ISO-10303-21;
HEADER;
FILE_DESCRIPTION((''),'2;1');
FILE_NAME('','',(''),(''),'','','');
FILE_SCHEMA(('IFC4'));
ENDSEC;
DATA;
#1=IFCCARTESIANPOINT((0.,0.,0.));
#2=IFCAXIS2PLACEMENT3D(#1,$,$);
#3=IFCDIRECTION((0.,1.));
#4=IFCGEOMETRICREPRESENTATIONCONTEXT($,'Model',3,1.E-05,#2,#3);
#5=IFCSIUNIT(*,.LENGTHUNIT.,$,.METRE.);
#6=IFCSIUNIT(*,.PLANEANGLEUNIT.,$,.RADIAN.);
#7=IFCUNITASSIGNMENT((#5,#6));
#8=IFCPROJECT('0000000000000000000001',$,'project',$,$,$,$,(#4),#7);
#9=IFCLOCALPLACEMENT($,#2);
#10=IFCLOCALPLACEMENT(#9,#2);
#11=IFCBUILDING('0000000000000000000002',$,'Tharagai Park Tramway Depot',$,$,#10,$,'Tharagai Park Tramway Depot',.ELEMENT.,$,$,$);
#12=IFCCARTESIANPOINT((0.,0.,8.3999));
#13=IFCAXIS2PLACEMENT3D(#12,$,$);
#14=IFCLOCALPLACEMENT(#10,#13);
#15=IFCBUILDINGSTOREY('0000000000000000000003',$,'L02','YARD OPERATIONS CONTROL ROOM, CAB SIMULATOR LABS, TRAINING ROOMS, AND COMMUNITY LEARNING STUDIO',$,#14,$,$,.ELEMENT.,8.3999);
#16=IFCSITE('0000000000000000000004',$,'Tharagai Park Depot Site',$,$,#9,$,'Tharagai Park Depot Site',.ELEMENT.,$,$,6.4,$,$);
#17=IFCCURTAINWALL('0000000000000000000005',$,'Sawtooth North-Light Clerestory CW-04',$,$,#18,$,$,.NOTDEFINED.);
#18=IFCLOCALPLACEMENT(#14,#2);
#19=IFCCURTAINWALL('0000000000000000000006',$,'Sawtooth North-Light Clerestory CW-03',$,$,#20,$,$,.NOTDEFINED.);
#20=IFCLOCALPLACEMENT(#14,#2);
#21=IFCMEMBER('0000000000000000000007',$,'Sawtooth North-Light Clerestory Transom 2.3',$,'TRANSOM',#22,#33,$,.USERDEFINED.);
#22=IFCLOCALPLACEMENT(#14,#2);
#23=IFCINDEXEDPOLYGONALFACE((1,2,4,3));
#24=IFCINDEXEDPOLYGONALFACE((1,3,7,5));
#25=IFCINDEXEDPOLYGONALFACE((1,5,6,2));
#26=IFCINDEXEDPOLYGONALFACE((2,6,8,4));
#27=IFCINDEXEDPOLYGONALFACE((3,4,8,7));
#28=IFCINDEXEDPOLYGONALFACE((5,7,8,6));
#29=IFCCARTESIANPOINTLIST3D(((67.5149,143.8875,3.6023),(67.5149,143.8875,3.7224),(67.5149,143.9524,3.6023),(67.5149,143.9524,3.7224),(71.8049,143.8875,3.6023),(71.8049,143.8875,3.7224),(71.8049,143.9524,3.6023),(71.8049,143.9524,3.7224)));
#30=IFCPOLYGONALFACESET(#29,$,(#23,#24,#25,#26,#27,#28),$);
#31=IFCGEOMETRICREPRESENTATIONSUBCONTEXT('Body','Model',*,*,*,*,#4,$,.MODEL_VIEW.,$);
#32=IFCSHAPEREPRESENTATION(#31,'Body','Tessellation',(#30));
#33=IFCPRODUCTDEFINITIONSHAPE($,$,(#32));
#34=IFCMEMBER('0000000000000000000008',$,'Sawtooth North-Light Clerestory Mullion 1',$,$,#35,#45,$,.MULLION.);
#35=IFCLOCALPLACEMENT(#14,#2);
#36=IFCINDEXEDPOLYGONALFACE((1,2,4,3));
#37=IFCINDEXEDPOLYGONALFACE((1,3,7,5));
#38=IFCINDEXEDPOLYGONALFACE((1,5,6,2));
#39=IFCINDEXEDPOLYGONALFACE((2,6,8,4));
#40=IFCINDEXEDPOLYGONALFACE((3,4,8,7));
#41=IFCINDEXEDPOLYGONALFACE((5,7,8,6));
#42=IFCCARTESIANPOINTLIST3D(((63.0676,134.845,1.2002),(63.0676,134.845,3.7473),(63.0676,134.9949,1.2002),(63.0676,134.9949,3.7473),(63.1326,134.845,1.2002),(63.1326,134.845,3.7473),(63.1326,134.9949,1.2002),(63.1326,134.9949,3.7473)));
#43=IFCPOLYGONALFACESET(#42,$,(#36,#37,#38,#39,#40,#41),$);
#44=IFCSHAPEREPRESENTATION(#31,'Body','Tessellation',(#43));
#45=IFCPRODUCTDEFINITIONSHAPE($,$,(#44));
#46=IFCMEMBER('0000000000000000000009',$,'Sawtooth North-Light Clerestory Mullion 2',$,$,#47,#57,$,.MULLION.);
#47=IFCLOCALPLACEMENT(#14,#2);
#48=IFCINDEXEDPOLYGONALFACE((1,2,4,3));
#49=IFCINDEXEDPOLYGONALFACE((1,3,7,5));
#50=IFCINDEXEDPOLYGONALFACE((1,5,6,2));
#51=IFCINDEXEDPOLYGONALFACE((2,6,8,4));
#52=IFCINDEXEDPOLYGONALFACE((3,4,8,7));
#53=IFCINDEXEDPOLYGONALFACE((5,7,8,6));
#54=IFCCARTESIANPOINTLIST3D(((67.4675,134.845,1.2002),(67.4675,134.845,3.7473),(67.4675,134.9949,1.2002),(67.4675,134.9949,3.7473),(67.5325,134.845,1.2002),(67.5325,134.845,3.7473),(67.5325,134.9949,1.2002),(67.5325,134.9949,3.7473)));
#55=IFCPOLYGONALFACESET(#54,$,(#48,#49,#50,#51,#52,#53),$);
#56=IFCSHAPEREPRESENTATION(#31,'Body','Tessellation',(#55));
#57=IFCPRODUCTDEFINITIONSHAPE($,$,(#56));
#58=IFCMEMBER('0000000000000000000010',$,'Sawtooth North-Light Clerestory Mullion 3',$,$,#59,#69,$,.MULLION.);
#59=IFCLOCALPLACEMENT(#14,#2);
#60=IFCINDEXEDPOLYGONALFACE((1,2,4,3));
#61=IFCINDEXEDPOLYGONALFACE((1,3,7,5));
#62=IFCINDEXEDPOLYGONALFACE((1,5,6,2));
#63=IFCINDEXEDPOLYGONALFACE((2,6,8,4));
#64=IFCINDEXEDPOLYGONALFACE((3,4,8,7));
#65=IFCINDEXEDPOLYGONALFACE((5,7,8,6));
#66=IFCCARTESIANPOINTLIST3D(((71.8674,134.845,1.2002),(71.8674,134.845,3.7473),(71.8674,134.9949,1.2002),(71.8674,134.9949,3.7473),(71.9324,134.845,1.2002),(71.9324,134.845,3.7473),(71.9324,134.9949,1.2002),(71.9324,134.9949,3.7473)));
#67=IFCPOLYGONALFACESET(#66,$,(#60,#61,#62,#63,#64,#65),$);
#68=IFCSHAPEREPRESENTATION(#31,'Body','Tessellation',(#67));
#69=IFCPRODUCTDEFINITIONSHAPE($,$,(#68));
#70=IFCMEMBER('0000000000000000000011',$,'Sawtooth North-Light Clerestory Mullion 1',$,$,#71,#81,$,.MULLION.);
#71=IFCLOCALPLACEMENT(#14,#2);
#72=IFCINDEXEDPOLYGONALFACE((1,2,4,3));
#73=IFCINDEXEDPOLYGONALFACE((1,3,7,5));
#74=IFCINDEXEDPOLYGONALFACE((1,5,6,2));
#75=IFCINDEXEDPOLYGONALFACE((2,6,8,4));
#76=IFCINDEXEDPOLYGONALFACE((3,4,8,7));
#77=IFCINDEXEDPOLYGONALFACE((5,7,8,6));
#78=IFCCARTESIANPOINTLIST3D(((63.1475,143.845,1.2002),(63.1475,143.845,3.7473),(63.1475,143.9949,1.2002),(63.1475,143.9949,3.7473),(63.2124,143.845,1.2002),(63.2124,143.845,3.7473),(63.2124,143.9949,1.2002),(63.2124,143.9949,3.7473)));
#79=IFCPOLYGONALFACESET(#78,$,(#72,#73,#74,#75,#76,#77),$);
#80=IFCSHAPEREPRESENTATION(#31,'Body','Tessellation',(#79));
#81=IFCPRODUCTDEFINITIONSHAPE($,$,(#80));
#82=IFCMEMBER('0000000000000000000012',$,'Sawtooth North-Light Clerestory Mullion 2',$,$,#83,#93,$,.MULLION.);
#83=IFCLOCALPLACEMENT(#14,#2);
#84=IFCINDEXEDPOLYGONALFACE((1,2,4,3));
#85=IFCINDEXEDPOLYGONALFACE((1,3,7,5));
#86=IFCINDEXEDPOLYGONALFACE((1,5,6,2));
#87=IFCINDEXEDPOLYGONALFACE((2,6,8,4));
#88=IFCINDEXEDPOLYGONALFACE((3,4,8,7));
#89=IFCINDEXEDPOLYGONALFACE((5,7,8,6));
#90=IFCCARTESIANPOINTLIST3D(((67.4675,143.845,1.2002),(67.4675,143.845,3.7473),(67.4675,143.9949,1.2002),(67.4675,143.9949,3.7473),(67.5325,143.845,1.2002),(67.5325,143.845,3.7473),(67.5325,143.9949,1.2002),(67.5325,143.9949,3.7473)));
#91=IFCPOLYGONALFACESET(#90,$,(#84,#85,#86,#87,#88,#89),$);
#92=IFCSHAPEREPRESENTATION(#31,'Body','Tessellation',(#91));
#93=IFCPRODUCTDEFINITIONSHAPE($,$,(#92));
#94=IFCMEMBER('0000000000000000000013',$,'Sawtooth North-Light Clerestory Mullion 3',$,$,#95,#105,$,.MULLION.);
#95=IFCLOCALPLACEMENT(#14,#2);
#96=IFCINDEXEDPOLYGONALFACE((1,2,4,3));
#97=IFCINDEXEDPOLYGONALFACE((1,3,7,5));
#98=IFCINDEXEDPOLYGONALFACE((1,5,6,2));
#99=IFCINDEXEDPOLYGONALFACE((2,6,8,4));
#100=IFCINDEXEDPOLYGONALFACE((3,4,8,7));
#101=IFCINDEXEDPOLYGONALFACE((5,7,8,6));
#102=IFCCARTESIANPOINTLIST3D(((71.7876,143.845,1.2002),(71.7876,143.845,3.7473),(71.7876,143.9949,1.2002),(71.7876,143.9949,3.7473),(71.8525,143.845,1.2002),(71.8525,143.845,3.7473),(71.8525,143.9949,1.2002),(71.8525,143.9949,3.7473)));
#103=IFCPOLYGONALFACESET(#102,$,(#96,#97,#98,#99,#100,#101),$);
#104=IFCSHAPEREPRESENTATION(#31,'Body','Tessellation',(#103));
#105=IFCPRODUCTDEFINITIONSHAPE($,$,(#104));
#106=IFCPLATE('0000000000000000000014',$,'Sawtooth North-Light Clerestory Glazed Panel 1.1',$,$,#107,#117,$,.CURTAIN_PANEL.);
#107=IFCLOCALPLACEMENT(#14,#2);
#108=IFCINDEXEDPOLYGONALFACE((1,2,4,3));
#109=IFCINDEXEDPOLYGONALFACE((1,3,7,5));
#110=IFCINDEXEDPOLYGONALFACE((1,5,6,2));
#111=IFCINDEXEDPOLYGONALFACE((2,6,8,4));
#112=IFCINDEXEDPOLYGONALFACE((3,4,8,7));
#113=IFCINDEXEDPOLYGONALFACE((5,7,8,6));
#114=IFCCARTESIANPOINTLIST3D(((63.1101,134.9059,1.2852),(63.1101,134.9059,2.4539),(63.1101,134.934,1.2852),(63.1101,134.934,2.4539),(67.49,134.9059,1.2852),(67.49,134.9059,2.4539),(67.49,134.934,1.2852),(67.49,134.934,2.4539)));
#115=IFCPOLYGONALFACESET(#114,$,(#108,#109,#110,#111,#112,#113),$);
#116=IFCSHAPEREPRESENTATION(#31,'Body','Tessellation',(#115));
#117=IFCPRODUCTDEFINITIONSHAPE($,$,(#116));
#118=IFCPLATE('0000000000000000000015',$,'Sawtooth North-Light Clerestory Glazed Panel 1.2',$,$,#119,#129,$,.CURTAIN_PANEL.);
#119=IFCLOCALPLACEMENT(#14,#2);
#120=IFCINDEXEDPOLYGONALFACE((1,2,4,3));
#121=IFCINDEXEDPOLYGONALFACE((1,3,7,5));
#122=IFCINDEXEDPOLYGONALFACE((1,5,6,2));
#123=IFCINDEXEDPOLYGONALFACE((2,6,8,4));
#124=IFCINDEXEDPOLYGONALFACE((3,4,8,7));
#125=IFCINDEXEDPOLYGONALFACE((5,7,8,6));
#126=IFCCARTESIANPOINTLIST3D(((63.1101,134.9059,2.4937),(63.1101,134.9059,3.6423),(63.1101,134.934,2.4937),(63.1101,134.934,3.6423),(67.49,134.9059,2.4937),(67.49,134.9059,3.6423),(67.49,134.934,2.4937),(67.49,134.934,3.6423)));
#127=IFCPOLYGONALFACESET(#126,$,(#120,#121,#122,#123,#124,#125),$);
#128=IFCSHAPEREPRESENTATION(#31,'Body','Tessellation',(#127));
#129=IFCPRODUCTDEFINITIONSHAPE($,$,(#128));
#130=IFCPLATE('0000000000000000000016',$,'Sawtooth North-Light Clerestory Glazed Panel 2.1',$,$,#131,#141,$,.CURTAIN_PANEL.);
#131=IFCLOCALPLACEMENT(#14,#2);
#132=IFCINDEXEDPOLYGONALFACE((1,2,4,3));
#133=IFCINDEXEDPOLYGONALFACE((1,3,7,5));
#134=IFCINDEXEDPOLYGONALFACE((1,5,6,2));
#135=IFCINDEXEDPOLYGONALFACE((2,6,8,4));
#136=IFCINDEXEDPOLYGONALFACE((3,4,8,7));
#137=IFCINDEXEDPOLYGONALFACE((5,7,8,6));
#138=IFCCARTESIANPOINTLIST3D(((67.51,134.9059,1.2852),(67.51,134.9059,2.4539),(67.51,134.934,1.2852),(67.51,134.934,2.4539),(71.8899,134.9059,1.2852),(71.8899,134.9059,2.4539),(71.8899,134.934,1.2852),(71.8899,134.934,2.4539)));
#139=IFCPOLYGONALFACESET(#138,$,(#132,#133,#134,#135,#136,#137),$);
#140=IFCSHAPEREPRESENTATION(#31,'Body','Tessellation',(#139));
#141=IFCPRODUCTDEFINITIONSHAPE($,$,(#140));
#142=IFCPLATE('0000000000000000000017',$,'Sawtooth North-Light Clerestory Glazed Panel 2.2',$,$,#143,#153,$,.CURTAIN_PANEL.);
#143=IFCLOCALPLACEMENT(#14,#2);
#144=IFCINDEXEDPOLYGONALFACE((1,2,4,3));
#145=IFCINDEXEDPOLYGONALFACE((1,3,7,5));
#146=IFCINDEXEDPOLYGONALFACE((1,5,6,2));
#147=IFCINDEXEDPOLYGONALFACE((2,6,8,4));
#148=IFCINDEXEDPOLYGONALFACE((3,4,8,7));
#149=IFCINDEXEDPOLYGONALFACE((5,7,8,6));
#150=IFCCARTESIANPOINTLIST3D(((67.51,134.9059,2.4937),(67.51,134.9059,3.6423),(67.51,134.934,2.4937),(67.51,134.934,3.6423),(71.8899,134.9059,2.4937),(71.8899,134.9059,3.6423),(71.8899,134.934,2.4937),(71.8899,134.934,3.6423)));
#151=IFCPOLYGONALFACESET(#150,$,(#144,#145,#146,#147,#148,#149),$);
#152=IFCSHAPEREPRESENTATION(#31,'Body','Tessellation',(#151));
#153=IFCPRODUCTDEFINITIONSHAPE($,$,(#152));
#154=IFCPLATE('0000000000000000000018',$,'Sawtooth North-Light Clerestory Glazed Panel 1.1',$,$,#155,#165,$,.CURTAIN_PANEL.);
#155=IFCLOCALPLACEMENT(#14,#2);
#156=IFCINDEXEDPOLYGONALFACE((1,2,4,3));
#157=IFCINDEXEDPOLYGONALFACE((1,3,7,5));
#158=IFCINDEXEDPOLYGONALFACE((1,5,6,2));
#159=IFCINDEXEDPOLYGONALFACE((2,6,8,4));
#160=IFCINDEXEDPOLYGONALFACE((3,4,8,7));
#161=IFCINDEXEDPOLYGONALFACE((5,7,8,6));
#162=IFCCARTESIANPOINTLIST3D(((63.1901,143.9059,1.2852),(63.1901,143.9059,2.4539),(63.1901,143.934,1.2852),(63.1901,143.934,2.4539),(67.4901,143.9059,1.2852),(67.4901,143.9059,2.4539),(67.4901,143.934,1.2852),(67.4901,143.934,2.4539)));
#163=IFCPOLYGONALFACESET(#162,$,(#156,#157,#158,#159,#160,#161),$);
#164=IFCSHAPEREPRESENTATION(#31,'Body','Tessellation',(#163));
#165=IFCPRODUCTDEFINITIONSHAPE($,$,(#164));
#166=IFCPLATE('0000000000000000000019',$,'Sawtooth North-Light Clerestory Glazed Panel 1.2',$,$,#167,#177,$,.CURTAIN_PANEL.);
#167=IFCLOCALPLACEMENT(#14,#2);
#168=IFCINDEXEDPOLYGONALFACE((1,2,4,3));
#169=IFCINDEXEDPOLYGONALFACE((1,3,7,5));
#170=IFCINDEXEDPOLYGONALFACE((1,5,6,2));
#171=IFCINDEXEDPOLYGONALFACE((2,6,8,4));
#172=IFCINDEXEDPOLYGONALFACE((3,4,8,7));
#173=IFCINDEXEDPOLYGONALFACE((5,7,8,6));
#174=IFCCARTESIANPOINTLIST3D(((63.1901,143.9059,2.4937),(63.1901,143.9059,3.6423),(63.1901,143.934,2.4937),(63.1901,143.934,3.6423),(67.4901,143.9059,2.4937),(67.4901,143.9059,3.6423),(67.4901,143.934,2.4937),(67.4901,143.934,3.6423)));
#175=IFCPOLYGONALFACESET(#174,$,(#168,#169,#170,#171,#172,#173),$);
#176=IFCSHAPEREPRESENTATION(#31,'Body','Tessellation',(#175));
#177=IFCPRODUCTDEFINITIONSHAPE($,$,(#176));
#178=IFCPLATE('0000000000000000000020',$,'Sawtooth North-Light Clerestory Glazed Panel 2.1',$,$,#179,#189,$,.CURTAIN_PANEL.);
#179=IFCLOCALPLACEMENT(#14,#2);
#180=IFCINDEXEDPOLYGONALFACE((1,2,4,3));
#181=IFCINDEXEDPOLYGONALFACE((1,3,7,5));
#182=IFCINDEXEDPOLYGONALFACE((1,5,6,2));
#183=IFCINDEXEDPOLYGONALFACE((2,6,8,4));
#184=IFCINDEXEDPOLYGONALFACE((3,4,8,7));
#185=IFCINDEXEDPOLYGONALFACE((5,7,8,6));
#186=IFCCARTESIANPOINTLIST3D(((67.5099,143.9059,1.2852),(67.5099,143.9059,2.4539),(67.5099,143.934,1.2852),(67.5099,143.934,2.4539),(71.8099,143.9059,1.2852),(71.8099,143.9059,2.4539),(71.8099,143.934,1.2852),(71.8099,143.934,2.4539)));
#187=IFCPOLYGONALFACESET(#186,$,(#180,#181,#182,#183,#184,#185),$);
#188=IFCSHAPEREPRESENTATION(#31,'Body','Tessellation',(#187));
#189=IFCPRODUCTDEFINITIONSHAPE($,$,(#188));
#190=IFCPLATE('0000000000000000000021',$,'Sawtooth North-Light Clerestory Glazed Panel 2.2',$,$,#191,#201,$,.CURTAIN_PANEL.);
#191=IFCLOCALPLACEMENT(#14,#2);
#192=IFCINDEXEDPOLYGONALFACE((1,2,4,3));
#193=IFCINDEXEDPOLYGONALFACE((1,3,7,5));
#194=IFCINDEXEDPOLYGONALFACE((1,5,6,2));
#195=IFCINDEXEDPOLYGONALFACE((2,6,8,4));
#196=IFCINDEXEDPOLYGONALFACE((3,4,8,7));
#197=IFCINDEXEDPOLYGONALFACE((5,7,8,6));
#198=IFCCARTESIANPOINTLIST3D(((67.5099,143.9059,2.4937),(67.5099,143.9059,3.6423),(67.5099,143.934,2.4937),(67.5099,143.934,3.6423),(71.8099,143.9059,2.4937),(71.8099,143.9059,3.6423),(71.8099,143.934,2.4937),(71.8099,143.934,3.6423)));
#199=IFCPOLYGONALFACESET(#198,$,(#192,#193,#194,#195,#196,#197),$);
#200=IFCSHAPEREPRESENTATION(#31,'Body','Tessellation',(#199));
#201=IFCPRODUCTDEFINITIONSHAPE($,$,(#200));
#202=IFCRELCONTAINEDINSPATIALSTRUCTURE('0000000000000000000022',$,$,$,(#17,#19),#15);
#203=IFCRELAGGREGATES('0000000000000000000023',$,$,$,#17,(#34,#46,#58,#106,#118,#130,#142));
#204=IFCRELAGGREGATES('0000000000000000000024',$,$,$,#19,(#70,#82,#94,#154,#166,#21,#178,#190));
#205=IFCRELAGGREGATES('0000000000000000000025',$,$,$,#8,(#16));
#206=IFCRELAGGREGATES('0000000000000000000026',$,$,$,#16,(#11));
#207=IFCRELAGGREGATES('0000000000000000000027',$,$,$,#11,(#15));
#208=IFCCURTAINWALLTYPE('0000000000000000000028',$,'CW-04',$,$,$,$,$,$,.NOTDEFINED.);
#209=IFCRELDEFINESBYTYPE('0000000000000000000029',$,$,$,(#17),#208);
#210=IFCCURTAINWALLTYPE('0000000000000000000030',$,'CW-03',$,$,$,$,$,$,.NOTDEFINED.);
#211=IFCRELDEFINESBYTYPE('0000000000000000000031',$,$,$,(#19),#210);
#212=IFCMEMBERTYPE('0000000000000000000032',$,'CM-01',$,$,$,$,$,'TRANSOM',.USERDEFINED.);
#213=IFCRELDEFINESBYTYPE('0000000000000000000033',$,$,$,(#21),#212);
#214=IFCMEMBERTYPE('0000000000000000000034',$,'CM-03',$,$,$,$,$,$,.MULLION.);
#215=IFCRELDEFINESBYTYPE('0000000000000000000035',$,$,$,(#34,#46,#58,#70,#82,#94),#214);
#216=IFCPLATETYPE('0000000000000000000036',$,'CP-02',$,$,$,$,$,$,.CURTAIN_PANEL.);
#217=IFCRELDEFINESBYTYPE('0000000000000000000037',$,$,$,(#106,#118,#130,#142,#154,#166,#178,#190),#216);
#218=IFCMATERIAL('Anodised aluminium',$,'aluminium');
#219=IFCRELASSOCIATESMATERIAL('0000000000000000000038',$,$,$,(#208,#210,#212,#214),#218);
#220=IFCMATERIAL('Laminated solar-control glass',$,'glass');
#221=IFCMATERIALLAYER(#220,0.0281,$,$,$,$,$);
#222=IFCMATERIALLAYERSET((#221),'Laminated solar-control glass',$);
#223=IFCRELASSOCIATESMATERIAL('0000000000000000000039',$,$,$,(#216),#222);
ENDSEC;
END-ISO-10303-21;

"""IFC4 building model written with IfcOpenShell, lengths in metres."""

from ifc_helpers import new_model, si_unit, direction, frame, origin, origin_2d, place, context, subcontext, project, spatial, rectangle, extrude, material, layer, layer_set, material_profile, profile_set, type_object, element, aggregate, save


model = new_model("IFC4")

# Units and contexts
model_context = context("Model", 3, precision=1e-05, world=origin(), true_north=direction((0.0, 1.0)))
body_context = subcontext(model_context, "Body", "Model", "MODEL_VIEW")
ifc_project = project(units=[si_unit("LENGTHUNIT", "METRE"), si_unit("PLANEANGLEUNIT", "RADIAN")], contexts=[model_context])

# Site, building, storey
site_placement = place(None, origin())
site = spatial("IfcSite", under=ifc_project, at=site_placement, Name="Tharagai Park Depot Site", LongName="Tharagai Park Depot Site", CompositionType="ELEMENT", RefElevation=6.4)
building_placement = place(site_placement, origin())
building = spatial("IfcBuilding", under=site, at=building_placement, Name="Tharagai Park Tramway Depot", LongName="Tharagai Park Tramway Depot", CompositionType="ELEMENT")
storey_placement = place(building_placement, frame((0.0, 0.0, 8.3999)))
storey = spatial("IfcBuildingStorey", under=building, at=storey_placement, Name="L02", Description="YARD OPERATIONS CONTROL ROOM, CAB SIMULATOR LABS, TRAINING ROOMS, AND COMMUNITY LEARNING STUDIO", CompositionType="ELEMENT", Elevation=8.3999)

# Curtain walls, member
ifc_material_1 = material(Name="Anodised aluminium", Category="aluminium")
curtain_wall_type_1 = type_object("IfcCurtainWallType", Name="CW-04", PredefinedType="NOTDEFINED", material=ifc_material_1)
curtain_wall_1_placement = place(storey_placement, origin())
curtain_wall_1 = element("IfcCurtainWall", 1, at=curtain_wall_1_placement, inside=storey, type_object=curtain_wall_type_1, Name="Sawtooth North-Light Clerestory CW-04", PredefinedType="NOTDEFINED")
ifc_material_profile_1 = material_profile(ifc_material_1, rectangle(XDim=0.0649, YDim=0.1201, at=origin_2d()), Name="ALU 65x120")
ifc_profile_set_1 = profile_set([ifc_material_profile_1], Name="Anodised aluminium")
member_type_1 = type_object("IfcMemberType", Name="CM-01", ElementType="TRANSOM", PredefinedType="USERDEFINED", material=ifc_profile_set_1)
curtain_wall_type_2 = type_object("IfcCurtainWallType", Name="CW-03", PredefinedType="NOTDEFINED", material=ifc_material_1)
curtain_wall_2_placement = place(storey_placement, origin())
curtain_wall_2 = element("IfcCurtainWall", 2, at=curtain_wall_2_placement, inside=storey, type_object=curtain_wall_type_2, Name="Sawtooth North-Light Clerestory CW-03", PredefinedType="NOTDEFINED")
member_1_placement = place(storey_placement, frame((67.5149, 143.9199, 3.6624), z_axis=(1.0, 0.0, 0.0), x_axis=(0.0, 1.0, 0.0)))
member_1 = element("IfcMember", 3, at=member_1_placement, type_object=member_type_1, Name="Sawtooth North-Light Clerestory Transom 2.3", ObjectType="TRANSOM", PredefinedType="USERDEFINED", context=body_context, shape_type="SweptSolid", body=[
    extrude(rectangle(XDim=0.0649, YDim=0.1201, at=origin_2d()), origin(), (0.0, 0.0, 1.0), 4.29),
])

# Members
ifc_material_profile_2 = material_profile(ifc_material_1, rectangle(XDim=0.0649, YDim=0.1499, at=origin_2d()), Name="ALU 65x150")
ifc_profile_set_2 = profile_set([ifc_material_profile_2], Name="Anodised aluminium")
member_type_2 = type_object("IfcMemberType", Name="CM-03", PredefinedType="MULLION", material=ifc_profile_set_2)
member_2_placement = place(storey_placement, frame((63.1001, 134.9199, 1.2002), z_axis=(0.0, 0.0, 1.0), x_axis=(1.0, 0.0, 0.0)))
member_2 = element("IfcMember", 4, at=member_2_placement, type_object=member_type_2, Name="Sawtooth North-Light Clerestory Mullion 1", PredefinedType="MULLION", context=body_context, shape_type="SweptSolid", body=[
    extrude(rectangle(XDim=0.0649, YDim=0.1499, at=origin_2d()), origin(), (0.0, 0.0, 1.0), 2.5471),
])
member_3_placement = place(storey_placement, frame((67.5, 134.9199, 1.2002), z_axis=(0.0, 0.0, 1.0), x_axis=(1.0, 0.0, 0.0)))
member_3 = element("IfcMember", 5, at=member_3_placement, type_object=member_type_2, Name="Sawtooth North-Light Clerestory Mullion 2", PredefinedType="MULLION", context=body_context, shape_type="SweptSolid", body=[
    extrude(rectangle(XDim=0.0649, YDim=0.1499, at=origin_2d()), origin(), (0.0, 0.0, 1.0), 2.5471),
])
member_4_placement = place(storey_placement, frame((71.8999, 134.9199, 1.2002), z_axis=(0.0, 0.0, 1.0), x_axis=(1.0, 0.0, 0.0)))
member_4 = element("IfcMember", 6, at=member_4_placement, type_object=member_type_2, Name="Sawtooth North-Light Clerestory Mullion 3", PredefinedType="MULLION", context=body_context, shape_type="SweptSolid", body=[
    extrude(rectangle(XDim=0.0649, YDim=0.1499, at=origin_2d()), origin(), (0.0, 0.0, 1.0), 2.5471),
])
member_5_placement = place(storey_placement, frame((63.1799, 143.9199, 1.2002), z_axis=(0.0, 0.0, 1.0), x_axis=(1.0, 0.0, 0.0)))
member_5 = element("IfcMember", 7, at=member_5_placement, type_object=member_type_2, Name="Sawtooth North-Light Clerestory Mullion 1", PredefinedType="MULLION", context=body_context, shape_type="SweptSolid", body=[
    extrude(rectangle(XDim=0.0649, YDim=0.1499, at=origin_2d()), origin(), (0.0, 0.0, 1.0), 2.5471),
])
member_6_placement = place(storey_placement, frame((67.5, 143.9199, 1.2002), z_axis=(0.0, 0.0, 1.0), x_axis=(1.0, 0.0, 0.0)))
member_6 = element("IfcMember", 8, at=member_6_placement, type_object=member_type_2, Name="Sawtooth North-Light Clerestory Mullion 2", PredefinedType="MULLION", context=body_context, shape_type="SweptSolid", body=[
    extrude(rectangle(XDim=0.0649, YDim=0.1499, at=origin_2d()), origin(), (0.0, 0.0, 1.0), 2.5471),
])
member_7_placement = place(storey_placement, frame((71.8201, 143.9199, 1.2002), z_axis=(0.0, 0.0, 1.0), x_axis=(1.0, 0.0, 0.0)))
member_7 = element("IfcMember", 9, at=member_7_placement, type_object=member_type_2, Name="Sawtooth North-Light Clerestory Mullion 3", PredefinedType="MULLION", context=body_context, shape_type="SweptSolid", body=[
    extrude(rectangle(XDim=0.0649, YDim=0.1499, at=origin_2d()), origin(), (0.0, 0.0, 1.0), 2.5471),
])

# Plates
ifc_material_2 = material(Name="Laminated solar-control glass", Category="glass")
ifc_layer = layer(ifc_material_2, 0.0281)
ifc_layer_set = layer_set([ifc_layer], Name="Laminated solar-control glass")
plate_type = type_object("IfcPlateType", Name="CP-02", PredefinedType="CURTAIN_PANEL", material=ifc_layer_set)
plate_1_placement = place(storey_placement, frame((65.3, 134.9199, 1.2852), z_axis=(0.0, 0.0, 1.0), x_axis=(1.0, 0.0, 0.0)))
plate_1 = element("IfcPlate", 10, at=plate_1_placement, type_object=plate_type, Name="Sawtooth North-Light Clerestory Glazed Panel 1.1", PredefinedType="CURTAIN_PANEL", context=body_context, shape_type="SweptSolid", body=[
    extrude(rectangle(XDim=4.3799, YDim=0.0281, at=origin_2d()), origin(), (0.0, 0.0, 1.0), 1.1687),
])
plate_2_placement = place(storey_placement, frame((65.3, 134.9199, 2.4937), z_axis=(0.0, 0.0, 1.0), x_axis=(1.0, 0.0, 0.0)))
plate_2 = element("IfcPlate", 11, at=plate_2_placement, type_object=plate_type, Name="Sawtooth North-Light Clerestory Glazed Panel 1.2", PredefinedType="CURTAIN_PANEL", context=body_context, shape_type="SweptSolid", body=[
    extrude(rectangle(XDim=4.3799, YDim=0.0281, at=origin_2d()), origin(), (0.0, 0.0, 1.0), 1.1487),
])
plate_3_placement = place(storey_placement, frame((69.7, 134.9199, 1.2852), z_axis=(0.0, 0.0, 1.0), x_axis=(1.0, 0.0, 0.0)))
plate_3 = element("IfcPlate", 12, at=plate_3_placement, type_object=plate_type, Name="Sawtooth North-Light Clerestory Glazed Panel 2.1", PredefinedType="CURTAIN_PANEL", context=body_context, shape_type="SweptSolid", body=[
    extrude(rectangle(XDim=4.3799, YDim=0.0281, at=origin_2d()), origin(), (0.0, 0.0, 1.0), 1.1687),
])
plate_4_placement = place(storey_placement, frame((69.7, 134.9199, 2.4937), z_axis=(0.0, 0.0, 1.0), x_axis=(1.0, 0.0, 0.0)))
plate_4 = element("IfcPlate", 13, at=plate_4_placement, type_object=plate_type, Name="Sawtooth North-Light Clerestory Glazed Panel 2.2", PredefinedType="CURTAIN_PANEL", context=body_context, shape_type="SweptSolid", body=[
    extrude(rectangle(XDim=4.3799, YDim=0.0281, at=origin_2d()), origin(), (0.0, 0.0, 1.0), 1.1487),
])
aggregate(curtain_wall_1, [member_2, member_3, member_4, plate_1, plate_2, plate_3, plate_4])
plate_5_placement = place(storey_placement, frame((65.3401, 143.9199, 1.2852), z_axis=(0.0, 0.0, 1.0), x_axis=(1.0, 0.0, 0.0)))
plate_5 = element("IfcPlate", 14, at=plate_5_placement, type_object=plate_type, Name="Sawtooth North-Light Clerestory Glazed Panel 1.1", PredefinedType="CURTAIN_PANEL", context=body_context, shape_type="SweptSolid", body=[
    extrude(rectangle(XDim=4.3, YDim=0.0281, at=origin_2d()), origin(), (0.0, 0.0, 1.0), 1.1687),
])
plate_6_placement = place(storey_placement, frame((65.3401, 143.9199, 2.4937), z_axis=(0.0, 0.0, 1.0), x_axis=(1.0, 0.0, 0.0)))
plate_6 = element("IfcPlate", 15, at=plate_6_placement, type_object=plate_type, Name="Sawtooth North-Light Clerestory Glazed Panel 1.2", PredefinedType="CURTAIN_PANEL", context=body_context, shape_type="SweptSolid", body=[
    extrude(rectangle(XDim=4.3, YDim=0.0281, at=origin_2d()), origin(), (0.0, 0.0, 1.0), 1.1487),
])
plate_7_placement = place(storey_placement, frame((69.6599, 143.9199, 1.2852), z_axis=(0.0, 0.0, 1.0), x_axis=(1.0, 0.0, 0.0)))
plate_7 = element("IfcPlate", 16, at=plate_7_placement, type_object=plate_type, Name="Sawtooth North-Light Clerestory Glazed Panel 2.1", PredefinedType="CURTAIN_PANEL", context=body_context, shape_type="SweptSolid", body=[
    extrude(rectangle(XDim=4.3, YDim=0.0281, at=origin_2d()), origin(), (0.0, 0.0, 1.0), 1.1687),
])
plate_8_placement = place(storey_placement, frame((69.6599, 143.9199, 2.4937), z_axis=(0.0, 0.0, 1.0), x_axis=(1.0, 0.0, 0.0)))
plate_8 = element("IfcPlate", 17, at=plate_8_placement, type_object=plate_type, Name="Sawtooth North-Light Clerestory Glazed Panel 2.2", PredefinedType="CURTAIN_PANEL", context=body_context, shape_type="SweptSolid", body=[
    extrude(rectangle(XDim=4.3, YDim=0.0281, at=origin_2d()), origin(), (0.0, 0.0, 1.0), 1.1487),
])
aggregate(curtain_wall_2, [member_5, member_6, member_7, plate_5, plate_6, member_1, plate_7, plate_8])

save(model, "model.ifc")
